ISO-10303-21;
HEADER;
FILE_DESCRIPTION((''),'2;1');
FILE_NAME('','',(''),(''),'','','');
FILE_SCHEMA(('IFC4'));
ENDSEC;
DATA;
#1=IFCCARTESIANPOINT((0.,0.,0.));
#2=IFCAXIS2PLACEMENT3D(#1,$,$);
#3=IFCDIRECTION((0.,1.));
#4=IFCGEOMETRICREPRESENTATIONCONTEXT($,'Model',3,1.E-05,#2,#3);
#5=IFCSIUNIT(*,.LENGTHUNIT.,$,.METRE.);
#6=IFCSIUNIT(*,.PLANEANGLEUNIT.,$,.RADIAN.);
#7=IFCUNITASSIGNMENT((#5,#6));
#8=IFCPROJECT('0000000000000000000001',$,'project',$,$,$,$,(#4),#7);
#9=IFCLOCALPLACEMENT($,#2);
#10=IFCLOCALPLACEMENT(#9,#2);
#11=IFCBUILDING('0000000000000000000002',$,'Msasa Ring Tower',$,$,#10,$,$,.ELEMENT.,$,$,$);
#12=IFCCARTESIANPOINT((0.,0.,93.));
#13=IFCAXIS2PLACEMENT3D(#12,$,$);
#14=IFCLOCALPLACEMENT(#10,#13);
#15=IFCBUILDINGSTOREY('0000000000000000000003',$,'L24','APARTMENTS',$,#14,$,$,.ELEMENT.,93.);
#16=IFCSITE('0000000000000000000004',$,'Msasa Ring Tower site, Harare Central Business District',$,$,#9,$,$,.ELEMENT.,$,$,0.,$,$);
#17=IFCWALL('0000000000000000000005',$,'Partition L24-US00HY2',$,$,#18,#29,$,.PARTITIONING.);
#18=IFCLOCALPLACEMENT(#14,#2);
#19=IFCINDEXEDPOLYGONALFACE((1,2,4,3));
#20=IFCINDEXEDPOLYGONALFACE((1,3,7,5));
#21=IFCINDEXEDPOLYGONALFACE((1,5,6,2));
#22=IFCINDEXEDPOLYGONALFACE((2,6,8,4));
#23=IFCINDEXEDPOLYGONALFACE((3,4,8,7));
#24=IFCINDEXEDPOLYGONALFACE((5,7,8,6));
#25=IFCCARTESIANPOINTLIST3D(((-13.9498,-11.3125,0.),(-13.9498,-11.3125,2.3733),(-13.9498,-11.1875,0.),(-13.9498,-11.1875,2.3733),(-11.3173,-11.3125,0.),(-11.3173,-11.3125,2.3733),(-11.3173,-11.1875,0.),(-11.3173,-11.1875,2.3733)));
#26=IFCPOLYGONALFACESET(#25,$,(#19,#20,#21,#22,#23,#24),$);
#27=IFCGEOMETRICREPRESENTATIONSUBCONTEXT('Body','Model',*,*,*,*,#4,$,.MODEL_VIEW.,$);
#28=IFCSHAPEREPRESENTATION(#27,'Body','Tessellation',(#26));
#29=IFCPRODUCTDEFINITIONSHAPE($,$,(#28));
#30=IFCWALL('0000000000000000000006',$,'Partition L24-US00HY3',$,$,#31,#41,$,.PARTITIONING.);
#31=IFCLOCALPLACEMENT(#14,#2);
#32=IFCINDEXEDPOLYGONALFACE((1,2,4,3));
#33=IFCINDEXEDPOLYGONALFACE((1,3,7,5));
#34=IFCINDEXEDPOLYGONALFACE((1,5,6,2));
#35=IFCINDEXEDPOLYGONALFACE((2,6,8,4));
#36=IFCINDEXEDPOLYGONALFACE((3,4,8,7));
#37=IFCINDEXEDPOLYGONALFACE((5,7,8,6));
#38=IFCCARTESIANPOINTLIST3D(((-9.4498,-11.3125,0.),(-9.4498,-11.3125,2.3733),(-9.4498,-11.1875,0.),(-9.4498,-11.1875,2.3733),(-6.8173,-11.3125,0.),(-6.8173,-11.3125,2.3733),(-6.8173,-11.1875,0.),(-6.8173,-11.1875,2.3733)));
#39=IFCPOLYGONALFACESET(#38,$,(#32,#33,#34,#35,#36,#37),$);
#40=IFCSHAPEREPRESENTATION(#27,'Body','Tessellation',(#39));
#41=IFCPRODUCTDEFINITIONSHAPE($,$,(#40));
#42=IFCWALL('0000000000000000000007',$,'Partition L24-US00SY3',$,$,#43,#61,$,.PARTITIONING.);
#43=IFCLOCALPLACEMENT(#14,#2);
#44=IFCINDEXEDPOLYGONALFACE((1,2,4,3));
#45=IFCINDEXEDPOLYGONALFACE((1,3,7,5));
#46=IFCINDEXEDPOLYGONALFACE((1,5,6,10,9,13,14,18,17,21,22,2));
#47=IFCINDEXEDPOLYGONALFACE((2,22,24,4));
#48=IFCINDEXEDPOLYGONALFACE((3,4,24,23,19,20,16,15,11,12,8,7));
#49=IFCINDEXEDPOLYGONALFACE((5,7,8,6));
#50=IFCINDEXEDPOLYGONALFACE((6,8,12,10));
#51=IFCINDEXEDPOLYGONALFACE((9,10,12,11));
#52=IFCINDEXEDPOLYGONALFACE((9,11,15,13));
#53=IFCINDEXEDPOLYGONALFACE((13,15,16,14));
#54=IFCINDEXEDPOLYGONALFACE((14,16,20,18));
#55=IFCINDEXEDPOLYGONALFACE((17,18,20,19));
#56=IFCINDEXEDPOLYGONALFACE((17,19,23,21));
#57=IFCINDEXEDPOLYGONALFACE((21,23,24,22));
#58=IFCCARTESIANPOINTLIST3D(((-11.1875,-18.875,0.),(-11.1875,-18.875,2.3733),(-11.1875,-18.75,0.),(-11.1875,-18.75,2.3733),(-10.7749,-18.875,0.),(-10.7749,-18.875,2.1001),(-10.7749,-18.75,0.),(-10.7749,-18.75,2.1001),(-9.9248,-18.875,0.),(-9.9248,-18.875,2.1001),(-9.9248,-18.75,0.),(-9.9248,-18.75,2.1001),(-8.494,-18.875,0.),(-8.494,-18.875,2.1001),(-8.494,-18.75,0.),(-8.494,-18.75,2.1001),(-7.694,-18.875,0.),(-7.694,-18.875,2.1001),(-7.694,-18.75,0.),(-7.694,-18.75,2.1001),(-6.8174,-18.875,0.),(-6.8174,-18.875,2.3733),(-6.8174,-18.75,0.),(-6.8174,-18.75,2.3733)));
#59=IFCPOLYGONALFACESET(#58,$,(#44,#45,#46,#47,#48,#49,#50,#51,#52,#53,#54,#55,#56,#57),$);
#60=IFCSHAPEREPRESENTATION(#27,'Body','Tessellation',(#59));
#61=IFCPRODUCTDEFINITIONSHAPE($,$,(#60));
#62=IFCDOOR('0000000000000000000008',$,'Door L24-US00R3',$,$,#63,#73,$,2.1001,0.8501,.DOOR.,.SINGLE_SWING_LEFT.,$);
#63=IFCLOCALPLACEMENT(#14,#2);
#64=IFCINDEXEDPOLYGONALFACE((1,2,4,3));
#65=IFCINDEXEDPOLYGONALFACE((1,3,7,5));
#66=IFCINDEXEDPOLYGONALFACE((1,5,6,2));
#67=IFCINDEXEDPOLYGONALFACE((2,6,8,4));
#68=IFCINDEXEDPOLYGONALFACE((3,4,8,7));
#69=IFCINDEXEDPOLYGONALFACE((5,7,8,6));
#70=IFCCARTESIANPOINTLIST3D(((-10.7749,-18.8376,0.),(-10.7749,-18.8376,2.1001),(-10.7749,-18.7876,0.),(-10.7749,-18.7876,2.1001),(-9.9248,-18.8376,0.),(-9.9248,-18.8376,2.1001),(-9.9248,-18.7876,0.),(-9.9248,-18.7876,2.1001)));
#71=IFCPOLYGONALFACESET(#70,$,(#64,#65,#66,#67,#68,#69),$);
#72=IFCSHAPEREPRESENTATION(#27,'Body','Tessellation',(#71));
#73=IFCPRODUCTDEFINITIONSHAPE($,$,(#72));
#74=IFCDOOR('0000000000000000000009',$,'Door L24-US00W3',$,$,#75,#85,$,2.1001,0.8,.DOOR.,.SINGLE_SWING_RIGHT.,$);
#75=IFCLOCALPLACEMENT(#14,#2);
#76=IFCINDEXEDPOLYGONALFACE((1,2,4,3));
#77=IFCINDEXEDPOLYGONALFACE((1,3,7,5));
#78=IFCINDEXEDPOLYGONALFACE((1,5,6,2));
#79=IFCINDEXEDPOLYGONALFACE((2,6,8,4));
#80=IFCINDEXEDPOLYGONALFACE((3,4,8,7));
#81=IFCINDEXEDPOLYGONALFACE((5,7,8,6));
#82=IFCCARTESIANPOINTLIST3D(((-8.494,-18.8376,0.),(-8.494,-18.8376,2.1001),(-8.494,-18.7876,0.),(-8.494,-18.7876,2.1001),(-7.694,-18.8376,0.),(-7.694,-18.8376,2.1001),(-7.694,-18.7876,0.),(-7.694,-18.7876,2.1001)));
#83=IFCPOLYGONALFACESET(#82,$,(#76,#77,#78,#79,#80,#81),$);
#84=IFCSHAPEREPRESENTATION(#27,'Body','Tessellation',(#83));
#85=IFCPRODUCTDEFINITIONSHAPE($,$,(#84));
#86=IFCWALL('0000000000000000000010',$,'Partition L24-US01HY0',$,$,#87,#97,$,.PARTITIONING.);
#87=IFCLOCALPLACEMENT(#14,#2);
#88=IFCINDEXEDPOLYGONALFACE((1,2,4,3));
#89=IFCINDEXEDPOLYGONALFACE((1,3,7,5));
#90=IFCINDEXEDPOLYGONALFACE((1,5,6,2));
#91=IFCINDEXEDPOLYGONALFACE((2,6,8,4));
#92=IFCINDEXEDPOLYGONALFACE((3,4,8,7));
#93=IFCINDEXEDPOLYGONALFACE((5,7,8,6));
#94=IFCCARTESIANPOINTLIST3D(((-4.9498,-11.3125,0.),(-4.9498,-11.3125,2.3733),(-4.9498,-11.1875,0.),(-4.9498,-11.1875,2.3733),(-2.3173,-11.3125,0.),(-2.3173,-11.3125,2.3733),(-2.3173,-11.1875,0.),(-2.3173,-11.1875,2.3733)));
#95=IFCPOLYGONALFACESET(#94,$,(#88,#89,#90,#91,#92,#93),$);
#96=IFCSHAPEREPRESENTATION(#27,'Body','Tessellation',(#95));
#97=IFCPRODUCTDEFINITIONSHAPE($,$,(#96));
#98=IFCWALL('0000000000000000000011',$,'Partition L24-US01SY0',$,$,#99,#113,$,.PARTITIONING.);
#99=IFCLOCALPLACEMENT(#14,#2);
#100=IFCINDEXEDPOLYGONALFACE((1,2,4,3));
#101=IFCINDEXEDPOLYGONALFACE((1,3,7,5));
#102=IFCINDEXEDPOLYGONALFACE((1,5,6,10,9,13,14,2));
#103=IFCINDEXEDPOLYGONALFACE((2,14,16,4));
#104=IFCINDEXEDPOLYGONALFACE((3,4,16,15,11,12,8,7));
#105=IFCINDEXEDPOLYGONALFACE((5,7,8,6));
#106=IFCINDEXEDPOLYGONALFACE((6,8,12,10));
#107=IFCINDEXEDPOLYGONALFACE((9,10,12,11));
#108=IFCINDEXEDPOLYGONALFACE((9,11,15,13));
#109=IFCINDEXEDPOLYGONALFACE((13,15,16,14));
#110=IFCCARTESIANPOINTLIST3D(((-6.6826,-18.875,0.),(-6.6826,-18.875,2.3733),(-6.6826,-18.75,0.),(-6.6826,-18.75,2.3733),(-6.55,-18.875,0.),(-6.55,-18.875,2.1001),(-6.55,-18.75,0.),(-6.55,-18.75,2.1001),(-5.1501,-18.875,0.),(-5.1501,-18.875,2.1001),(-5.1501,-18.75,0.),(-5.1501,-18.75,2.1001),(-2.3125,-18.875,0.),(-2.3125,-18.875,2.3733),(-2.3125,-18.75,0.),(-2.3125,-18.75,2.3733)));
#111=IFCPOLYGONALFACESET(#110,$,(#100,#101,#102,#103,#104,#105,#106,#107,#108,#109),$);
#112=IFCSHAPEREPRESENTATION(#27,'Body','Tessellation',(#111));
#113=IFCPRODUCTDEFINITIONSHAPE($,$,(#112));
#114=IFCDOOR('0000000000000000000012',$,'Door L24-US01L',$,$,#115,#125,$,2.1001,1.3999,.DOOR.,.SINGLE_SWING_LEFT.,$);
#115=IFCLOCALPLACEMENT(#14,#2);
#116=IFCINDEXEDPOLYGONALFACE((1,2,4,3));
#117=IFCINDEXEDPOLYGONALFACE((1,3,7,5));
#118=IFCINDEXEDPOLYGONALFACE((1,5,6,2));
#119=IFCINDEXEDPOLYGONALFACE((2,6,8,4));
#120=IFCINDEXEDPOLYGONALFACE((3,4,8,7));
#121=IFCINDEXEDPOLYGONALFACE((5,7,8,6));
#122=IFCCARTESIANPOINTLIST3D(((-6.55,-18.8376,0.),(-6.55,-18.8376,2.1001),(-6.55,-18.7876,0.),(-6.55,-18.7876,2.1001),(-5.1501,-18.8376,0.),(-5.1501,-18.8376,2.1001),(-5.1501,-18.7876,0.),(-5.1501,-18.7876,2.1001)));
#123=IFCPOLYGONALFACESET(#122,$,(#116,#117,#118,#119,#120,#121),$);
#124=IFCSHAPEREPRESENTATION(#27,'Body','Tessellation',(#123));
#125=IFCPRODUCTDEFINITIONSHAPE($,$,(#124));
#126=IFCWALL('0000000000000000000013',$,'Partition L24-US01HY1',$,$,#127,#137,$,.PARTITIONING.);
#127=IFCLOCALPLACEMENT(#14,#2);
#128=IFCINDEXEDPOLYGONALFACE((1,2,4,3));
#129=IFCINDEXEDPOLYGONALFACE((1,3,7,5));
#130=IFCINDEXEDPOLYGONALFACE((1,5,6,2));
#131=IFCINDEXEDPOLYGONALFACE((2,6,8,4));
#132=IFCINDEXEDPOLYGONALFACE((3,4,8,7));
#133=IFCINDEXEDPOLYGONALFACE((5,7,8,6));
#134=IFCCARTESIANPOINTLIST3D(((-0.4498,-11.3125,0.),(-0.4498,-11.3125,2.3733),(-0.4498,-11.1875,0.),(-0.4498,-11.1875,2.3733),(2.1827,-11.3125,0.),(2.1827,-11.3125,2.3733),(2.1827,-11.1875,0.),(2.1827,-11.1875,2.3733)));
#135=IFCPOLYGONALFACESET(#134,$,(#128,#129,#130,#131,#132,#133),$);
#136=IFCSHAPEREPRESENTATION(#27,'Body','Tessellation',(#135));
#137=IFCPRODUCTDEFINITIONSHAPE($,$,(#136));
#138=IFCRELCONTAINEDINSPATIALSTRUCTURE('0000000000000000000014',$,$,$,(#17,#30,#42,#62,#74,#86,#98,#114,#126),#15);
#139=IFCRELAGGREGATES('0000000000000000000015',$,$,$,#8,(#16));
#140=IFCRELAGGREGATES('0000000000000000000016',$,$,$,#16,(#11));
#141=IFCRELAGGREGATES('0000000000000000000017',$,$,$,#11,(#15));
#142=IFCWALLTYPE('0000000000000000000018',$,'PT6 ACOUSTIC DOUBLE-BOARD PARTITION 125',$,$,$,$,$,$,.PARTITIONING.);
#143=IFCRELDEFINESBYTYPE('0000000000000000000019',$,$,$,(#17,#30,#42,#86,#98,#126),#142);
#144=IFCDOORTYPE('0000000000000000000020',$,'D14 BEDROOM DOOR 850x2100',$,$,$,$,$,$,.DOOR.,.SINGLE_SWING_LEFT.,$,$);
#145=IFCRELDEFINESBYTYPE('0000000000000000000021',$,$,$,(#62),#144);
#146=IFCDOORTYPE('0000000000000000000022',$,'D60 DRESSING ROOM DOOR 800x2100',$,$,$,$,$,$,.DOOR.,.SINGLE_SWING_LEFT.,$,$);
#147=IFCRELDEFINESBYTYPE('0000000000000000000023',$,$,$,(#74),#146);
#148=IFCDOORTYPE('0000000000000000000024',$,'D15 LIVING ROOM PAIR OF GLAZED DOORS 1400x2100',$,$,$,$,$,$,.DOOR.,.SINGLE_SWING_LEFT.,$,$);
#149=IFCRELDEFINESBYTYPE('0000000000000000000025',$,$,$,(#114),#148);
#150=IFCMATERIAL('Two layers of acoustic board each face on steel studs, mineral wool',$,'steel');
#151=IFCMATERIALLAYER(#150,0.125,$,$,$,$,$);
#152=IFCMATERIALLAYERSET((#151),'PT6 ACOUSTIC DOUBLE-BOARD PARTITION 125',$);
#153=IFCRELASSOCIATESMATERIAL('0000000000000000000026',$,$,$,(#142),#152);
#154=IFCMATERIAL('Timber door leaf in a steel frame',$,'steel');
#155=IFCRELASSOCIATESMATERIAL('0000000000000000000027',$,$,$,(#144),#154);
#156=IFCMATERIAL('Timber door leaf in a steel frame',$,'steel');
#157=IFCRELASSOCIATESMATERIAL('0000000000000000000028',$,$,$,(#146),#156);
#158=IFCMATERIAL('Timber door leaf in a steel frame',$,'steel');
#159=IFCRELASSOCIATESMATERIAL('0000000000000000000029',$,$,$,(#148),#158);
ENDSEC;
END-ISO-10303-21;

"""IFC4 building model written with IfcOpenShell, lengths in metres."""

from ifc_helpers import new_model, si_unit, direction, frame, frame_2d, origin, place, context, subcontext, project, spatial, rectangle, extrude, material, layer, layer_set, type_object, element, fill, save


model = new_model("IFC4")

# Units and contexts
model_context = context("Model", 3, precision=1e-05, world=origin(), true_north=direction((0.0, 1.0)))
body_context = subcontext(model_context, "Body", "Model", "MODEL_VIEW")
ifc_project = project(units=[si_unit("LENGTHUNIT", "METRE"), si_unit("PLANEANGLEUNIT", "RADIAN")], contexts=[model_context])

# Site, building, storey
site_placement = place(None, origin())
site = spatial("IfcSite", under=ifc_project, at=site_placement, Name="Msasa Ring Tower site, Harare Central Business District", CompositionType="ELEMENT", RefElevation=0.0)
building_placement = place(site_placement, origin())
building = spatial("IfcBuilding", under=site, at=building_placement, Name="Msasa Ring Tower", CompositionType="ELEMENT")
storey_placement = place(building_placement, frame((0.0, 0.0, 93.0)))
storey = spatial("IfcBuildingStorey", under=building, at=storey_placement, Name="L24", Description="APARTMENTS", CompositionType="ELEMENT", Elevation=93.0)

# Walls
ifc_material_1 = material(Name="Two layers of acoustic board each face on steel studs, mineral wool", Category="steel")
ifc_layer_1 = layer(ifc_material_1, 0.125)
ifc_layer_set_1 = layer_set([ifc_layer_1], Name="PT6 ACOUSTIC DOUBLE-BOARD PARTITION 125")
wall_type_1 = type_object("IfcWallType", Name="PT6 ACOUSTIC DOUBLE-BOARD PARTITION 125", PredefinedType="PARTITIONING", material=ifc_layer_set_1)
for number, where, z_axis, x_axis, name in (
    (1, (-13.95, -11.25, 0.0), (0.0, 0.0, 1.0), (1.0, 0.0, 0.0), "Partition L24-US00HY2"),
    (2, (-9.45, -11.25, 0.0), (0.0, 0.0, 1.0), (1.0, 0.0, 0.0), "Partition L24-US00HY3"),
):
    element("IfcWall", number, at=place(storey_placement, frame(where, z_axis=z_axis, x_axis=x_axis)), inside=storey, type_object=wall_type_1, Name=name, PredefinedType="PARTITIONING", context=body_context, shape_type="SweptSolid", body=[
        extrude(rectangle(XDim=2.6326, YDim=0.125, at=frame_2d((1.3164, 0.0))), origin(), (0.0, 0.0, 1.0), 2.3733),
    ])

# Wall, openings, doors
wall_1_placement = place(storey_placement, frame((-11.1875, -18.8125, 0.0), z_axis=(0.0, 0.0, 1.0), x_axis=(1.0, 0.0, 0.0)))
wall_1 = element("IfcWall", 3, at=wall_1_placement, inside=storey, type_object=wall_type_1, Name="Partition L24-US00SY3", PredefinedType="PARTITIONING", context=body_context, shape_type="SweptSolid", body=[
    extrude(rectangle(XDim=4.3701, YDim=0.125, at=frame_2d((2.1851, 0.0))), origin(), (0.0, 0.0, 1.0), 2.3733),
])
opening_1_placement = place(wall_1_placement, frame((0.4126, 0.0, 0.0)))
opening_1 = element("IfcOpeningElement", 4, at=opening_1_placement, cuts=wall_1, PredefinedType="OPENING", context=body_context, shape_type="SweptSolid", body=[
    extrude(rectangle(XDim=0.8501, YDim=2.1001, at=frame_2d((0.425, 1.05))), frame((0.0, 0.0725, 0.0), z_axis=(0.0, -1.0, 0.0), x_axis=(1.0, 0.0, 0.0)), (0.0, 0.0, 1.0), 0.145),
])
opening_2_placement = place(wall_1_placement, frame((2.6936, 0.0, 0.0)))
opening_2 = element("IfcOpeningElement", 5, at=opening_2_placement, cuts=wall_1, PredefinedType="OPENING", context=body_context, shape_type="SweptSolid", body=[
    extrude(rectangle(XDim=0.8, YDim=2.1001, at=frame_2d((0.3999, 1.05))), frame((0.0, 0.0725, 0.0), z_axis=(0.0, -1.0, 0.0), x_axis=(1.0, 0.0, 0.0)), (0.0, 0.0, 1.0), 0.145),
])
ifc_material_2 = material(Name="Timber door leaf in a steel frame", Category="steel")
door_type_1 = type_object("IfcDoorType", Name="D14 BEDROOM DOOR 850x2100", OperationType="SINGLE_SWING_LEFT", PredefinedType="DOOR", material=ifc_material_2)
door_1_placement = place(opening_1_placement, origin())
door_1 = element("IfcDoor", 6, at=door_1_placement, inside=storey, type_object=door_type_1, Name="Door L24-US00R3", OperationType="SINGLE_SWING_LEFT", OverallHeight=2.1001, OverallWidth=0.8501, PredefinedType="DOOR", context=body_context, shape_type="SweptSolid", body=[
    extrude(rectangle(XDim=0.8501, YDim=2.1001, at=frame_2d((0.425, 1.05))), frame((0.0, 0.0249, 0.0), z_axis=(0.0, -1.0, 0.0), x_axis=(1.0, 0.0, 0.0)), (0.0, 0.0, 1.0), 0.05),
])
fill(opening_1, door_1)
ifc_material_3 = material(Name="Timber door leaf in a steel frame", Category="steel")
door_type_2 = type_object("IfcDoorType", Name="D60 DRESSING ROOM DOOR 800x2100", OperationType="SINGLE_SWING_LEFT", PredefinedType="DOOR", material=ifc_material_3)
door_2_placement = place(opening_2_placement, origin())
door_2 = element("IfcDoor", 7, at=door_2_placement, inside=storey, type_object=door_type_2, Name="Door L24-US00W3", OperationType="SINGLE_SWING_RIGHT", OverallHeight=2.1001, OverallWidth=0.8, PredefinedType="DOOR", context=body_context, shape_type="SweptSolid", body=[
    extrude(rectangle(XDim=0.8, YDim=2.1001, at=frame_2d((0.3999, 1.05))), frame((0.0, 0.0249, 0.0), z_axis=(0.0, -1.0, 0.0), x_axis=(1.0, 0.0, 0.0)), (0.0, 0.0, 1.0), 0.05),
])
fill(opening_2, door_2)

# Wall
wall_2_placement = place(storey_placement, frame((-4.95, -11.25, 0.0), z_axis=(0.0, 0.0, 1.0), x_axis=(1.0, 0.0, 0.0)))
element("IfcWall", 8, at=wall_2_placement, inside=storey, type_object=wall_type_1, Name="Partition L24-US01HY0", PredefinedType="PARTITIONING", context=body_context, shape_type="SweptSolid", body=[
    extrude(rectangle(XDim=2.6326, YDim=0.125, at=frame_2d((1.3164, 0.0))), origin(), (0.0, 0.0, 1.0), 2.3733),
])

# Wall, opening, door
wall_3_placement = place(storey_placement, frame((-6.6826, -18.8125, 0.0), z_axis=(0.0, 0.0, 1.0), x_axis=(1.0, 0.0, 0.0)))
wall_3 = element("IfcWall", 9, at=wall_3_placement, inside=storey, type_object=wall_type_1, Name="Partition L24-US01SY0", PredefinedType="PARTITIONING", context=body_context, shape_type="SweptSolid", body=[
    extrude(rectangle(XDim=4.3701, YDim=0.125, at=frame_2d((2.1851, 0.0))), origin(), (0.0, 0.0, 1.0), 2.3733),
])
opening_3_placement = place(wall_3_placement, frame((0.1326, 0.0, 0.0)))
opening_3 = element("IfcOpeningElement", 10, at=opening_3_placement, cuts=wall_3, PredefinedType="OPENING", context=body_context, shape_type="SweptSolid", body=[
    extrude(rectangle(XDim=1.3999, YDim=2.1001, at=frame_2d((0.7, 1.05))), frame((0.0, 0.0725, 0.0), z_axis=(0.0, -1.0, 0.0), x_axis=(1.0, 0.0, 0.0)), (0.0, 0.0, 1.0), 0.145),
])
ifc_material_4 = material(Name="Timber door leaf in a steel frame", Category="steel")
door_type_3 = type_object("IfcDoorType", Name="D15 LIVING ROOM PAIR OF GLAZED DOORS 1400x2100", OperationType="SINGLE_SWING_LEFT", PredefinedType="DOOR", material=ifc_material_4)
door_3_placement = place(opening_3_placement, origin())
door_3 = element("IfcDoor", 11, at=door_3_placement, inside=storey, type_object=door_type_3, Name="Door L24-US01L", OperationType="SINGLE_SWING_LEFT", OverallHeight=2.1001, OverallWidth=1.3999, PredefinedType="DOOR", context=body_context, shape_type="SweptSolid", body=[
    extrude(rectangle(XDim=1.3999, YDim=2.1001, at=frame_2d((0.7, 1.05))), frame((0.0, 0.0249, 0.0), z_axis=(0.0, -1.0, 0.0), x_axis=(1.0, 0.0, 0.0)), (0.0, 0.0, 1.0), 0.05),
])
fill(opening_3, door_3)

# Wall
wall_4_placement = place(storey_placement, frame((-0.45, -11.25, 0.0), z_axis=(0.0, 0.0, 1.0), x_axis=(1.0, 0.0, 0.0)))
element("IfcWall", 12, at=wall_4_placement, inside=storey, type_object=wall_type_1, Name="Partition L24-US01HY1", PredefinedType="PARTITIONING", context=body_context, shape_type="SweptSolid", body=[
    extrude(rectangle(XDim=2.6326, YDim=0.125, at=frame_2d((1.3164, 0.0))), origin(), (0.0, 0.0, 1.0), 2.3733),
])

save(model, "model.ifc")
